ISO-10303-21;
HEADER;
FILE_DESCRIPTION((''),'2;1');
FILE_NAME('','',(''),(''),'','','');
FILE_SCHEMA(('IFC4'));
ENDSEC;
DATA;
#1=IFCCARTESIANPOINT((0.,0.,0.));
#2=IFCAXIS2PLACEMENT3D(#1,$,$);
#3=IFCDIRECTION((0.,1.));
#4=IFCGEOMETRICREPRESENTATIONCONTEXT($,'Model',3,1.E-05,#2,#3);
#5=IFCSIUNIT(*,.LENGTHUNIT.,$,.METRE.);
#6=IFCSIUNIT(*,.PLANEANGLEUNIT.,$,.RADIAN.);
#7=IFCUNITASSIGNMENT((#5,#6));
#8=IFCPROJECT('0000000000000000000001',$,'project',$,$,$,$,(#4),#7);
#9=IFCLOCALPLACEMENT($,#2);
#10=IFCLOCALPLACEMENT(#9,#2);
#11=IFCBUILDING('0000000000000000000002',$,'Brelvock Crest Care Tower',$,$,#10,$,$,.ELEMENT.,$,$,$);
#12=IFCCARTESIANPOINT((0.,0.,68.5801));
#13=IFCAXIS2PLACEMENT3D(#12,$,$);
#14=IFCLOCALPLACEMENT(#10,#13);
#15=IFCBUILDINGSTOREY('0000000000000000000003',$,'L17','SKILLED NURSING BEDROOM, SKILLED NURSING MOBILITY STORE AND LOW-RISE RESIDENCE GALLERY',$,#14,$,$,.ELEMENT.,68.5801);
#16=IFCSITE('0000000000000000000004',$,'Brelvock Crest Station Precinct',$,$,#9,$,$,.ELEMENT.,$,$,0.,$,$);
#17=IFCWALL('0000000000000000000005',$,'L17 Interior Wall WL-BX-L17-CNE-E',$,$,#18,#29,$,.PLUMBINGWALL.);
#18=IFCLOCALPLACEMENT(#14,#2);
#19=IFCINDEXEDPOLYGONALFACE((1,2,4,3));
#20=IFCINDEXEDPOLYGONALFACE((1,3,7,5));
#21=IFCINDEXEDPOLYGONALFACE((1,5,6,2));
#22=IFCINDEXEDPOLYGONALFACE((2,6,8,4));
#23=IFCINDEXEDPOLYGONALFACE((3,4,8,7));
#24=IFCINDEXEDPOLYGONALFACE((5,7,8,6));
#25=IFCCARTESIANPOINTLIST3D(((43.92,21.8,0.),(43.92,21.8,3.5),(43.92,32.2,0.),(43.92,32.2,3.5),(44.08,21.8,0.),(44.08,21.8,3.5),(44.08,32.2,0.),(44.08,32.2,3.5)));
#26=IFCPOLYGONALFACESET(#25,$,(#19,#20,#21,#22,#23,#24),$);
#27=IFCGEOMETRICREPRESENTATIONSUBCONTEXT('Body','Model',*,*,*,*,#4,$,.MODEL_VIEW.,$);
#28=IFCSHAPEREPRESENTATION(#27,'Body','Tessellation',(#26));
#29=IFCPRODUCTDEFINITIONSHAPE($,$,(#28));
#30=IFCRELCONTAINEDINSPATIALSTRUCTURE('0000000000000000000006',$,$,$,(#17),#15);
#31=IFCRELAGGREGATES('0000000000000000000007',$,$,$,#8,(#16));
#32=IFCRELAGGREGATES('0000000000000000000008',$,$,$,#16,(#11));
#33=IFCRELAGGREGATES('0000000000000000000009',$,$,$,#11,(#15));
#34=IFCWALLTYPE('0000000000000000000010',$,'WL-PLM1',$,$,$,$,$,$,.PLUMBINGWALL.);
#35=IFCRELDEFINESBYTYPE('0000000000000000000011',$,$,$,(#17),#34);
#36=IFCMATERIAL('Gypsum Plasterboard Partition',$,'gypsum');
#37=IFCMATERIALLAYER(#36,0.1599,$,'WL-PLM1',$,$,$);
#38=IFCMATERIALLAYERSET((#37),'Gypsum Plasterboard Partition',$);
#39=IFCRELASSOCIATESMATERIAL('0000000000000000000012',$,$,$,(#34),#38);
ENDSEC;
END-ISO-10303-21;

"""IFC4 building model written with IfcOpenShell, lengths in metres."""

from ifc_helpers import new_model, si_unit, direction, frame, frame_2d, origin, place, context, subcontext, project, spatial, rectangle, extrude, material, layer, layer_set, type_object, element, save


model = new_model("IFC4")

# Units and contexts
model_context = context("Model", 3, precision=1e-05, world=origin(), true_north=direction((0.0, 1.0)))
body_context = subcontext(model_context, "Body", "Model", "MODEL_VIEW")
ifc_project = project(units=[si_unit("LENGTHUNIT", "METRE"), si_unit("PLANEANGLEUNIT", "RADIAN")], contexts=[model_context])

# Site, building, storey
site_placement = place(None, origin())
site = spatial("IfcSite", under=ifc_project, at=site_placement, Name="Brelvock Crest Station Precinct", CompositionType="ELEMENT", RefElevation=0.0)
building_placement = place(site_placement, origin())
building = spatial("IfcBuilding", under=site, at=building_placement, Name="Brelvock Crest Care Tower", CompositionType="ELEMENT")
storey_placement = place(building_placement, frame((0.0, 0.0, 68.5801)))
storey = spatial("IfcBuildingStorey", under=building, at=storey_placement, Name="L17", Description="SKILLED NURSING BEDROOM, SKILLED NURSING MOBILITY STORE AND LOW-RISE RESIDENCE GALLERY", CompositionType="ELEMENT", Elevation=68.5801)

# Shared definitions
ifc_material_1 = material(Name="Gypsum Plasterboard Partition", Category="gypsum")
ifc_layer_1 = layer(ifc_material_1, 0.1599, Name="WL-PLM1")
ifc_layer_set_1 = layer_set([ifc_layer_1], Name="Gypsum Plasterboard Partition")
wall_type_1 = type_object("IfcWallType", Name="WL-PLM1", PredefinedType="PLUMBINGWALL", material=ifc_layer_set_1)

# Wall
wall_1_placement = place(storey_placement, frame((44.0, 21.8, 0.0), z_axis=(0.0, 0.0, 1.0), x_axis=(0.0, 1.0, 0.0)))
element("IfcWall", 1, at=wall_1_placement, inside=storey, type_object=wall_type_1, Name="L17 Interior Wall WL-BX-L17-CNE-E", PredefinedType="PLUMBINGWALL", context=body_context, shape_type="SweptSolid", body=[
    extrude(rectangle(XDim=10.3999, YDim=0.1599, at=frame_2d((5.2, 0.0))), origin(), (0.0, 0.0, 1.0), 3.5),
])

save(model, "model.ifc")
